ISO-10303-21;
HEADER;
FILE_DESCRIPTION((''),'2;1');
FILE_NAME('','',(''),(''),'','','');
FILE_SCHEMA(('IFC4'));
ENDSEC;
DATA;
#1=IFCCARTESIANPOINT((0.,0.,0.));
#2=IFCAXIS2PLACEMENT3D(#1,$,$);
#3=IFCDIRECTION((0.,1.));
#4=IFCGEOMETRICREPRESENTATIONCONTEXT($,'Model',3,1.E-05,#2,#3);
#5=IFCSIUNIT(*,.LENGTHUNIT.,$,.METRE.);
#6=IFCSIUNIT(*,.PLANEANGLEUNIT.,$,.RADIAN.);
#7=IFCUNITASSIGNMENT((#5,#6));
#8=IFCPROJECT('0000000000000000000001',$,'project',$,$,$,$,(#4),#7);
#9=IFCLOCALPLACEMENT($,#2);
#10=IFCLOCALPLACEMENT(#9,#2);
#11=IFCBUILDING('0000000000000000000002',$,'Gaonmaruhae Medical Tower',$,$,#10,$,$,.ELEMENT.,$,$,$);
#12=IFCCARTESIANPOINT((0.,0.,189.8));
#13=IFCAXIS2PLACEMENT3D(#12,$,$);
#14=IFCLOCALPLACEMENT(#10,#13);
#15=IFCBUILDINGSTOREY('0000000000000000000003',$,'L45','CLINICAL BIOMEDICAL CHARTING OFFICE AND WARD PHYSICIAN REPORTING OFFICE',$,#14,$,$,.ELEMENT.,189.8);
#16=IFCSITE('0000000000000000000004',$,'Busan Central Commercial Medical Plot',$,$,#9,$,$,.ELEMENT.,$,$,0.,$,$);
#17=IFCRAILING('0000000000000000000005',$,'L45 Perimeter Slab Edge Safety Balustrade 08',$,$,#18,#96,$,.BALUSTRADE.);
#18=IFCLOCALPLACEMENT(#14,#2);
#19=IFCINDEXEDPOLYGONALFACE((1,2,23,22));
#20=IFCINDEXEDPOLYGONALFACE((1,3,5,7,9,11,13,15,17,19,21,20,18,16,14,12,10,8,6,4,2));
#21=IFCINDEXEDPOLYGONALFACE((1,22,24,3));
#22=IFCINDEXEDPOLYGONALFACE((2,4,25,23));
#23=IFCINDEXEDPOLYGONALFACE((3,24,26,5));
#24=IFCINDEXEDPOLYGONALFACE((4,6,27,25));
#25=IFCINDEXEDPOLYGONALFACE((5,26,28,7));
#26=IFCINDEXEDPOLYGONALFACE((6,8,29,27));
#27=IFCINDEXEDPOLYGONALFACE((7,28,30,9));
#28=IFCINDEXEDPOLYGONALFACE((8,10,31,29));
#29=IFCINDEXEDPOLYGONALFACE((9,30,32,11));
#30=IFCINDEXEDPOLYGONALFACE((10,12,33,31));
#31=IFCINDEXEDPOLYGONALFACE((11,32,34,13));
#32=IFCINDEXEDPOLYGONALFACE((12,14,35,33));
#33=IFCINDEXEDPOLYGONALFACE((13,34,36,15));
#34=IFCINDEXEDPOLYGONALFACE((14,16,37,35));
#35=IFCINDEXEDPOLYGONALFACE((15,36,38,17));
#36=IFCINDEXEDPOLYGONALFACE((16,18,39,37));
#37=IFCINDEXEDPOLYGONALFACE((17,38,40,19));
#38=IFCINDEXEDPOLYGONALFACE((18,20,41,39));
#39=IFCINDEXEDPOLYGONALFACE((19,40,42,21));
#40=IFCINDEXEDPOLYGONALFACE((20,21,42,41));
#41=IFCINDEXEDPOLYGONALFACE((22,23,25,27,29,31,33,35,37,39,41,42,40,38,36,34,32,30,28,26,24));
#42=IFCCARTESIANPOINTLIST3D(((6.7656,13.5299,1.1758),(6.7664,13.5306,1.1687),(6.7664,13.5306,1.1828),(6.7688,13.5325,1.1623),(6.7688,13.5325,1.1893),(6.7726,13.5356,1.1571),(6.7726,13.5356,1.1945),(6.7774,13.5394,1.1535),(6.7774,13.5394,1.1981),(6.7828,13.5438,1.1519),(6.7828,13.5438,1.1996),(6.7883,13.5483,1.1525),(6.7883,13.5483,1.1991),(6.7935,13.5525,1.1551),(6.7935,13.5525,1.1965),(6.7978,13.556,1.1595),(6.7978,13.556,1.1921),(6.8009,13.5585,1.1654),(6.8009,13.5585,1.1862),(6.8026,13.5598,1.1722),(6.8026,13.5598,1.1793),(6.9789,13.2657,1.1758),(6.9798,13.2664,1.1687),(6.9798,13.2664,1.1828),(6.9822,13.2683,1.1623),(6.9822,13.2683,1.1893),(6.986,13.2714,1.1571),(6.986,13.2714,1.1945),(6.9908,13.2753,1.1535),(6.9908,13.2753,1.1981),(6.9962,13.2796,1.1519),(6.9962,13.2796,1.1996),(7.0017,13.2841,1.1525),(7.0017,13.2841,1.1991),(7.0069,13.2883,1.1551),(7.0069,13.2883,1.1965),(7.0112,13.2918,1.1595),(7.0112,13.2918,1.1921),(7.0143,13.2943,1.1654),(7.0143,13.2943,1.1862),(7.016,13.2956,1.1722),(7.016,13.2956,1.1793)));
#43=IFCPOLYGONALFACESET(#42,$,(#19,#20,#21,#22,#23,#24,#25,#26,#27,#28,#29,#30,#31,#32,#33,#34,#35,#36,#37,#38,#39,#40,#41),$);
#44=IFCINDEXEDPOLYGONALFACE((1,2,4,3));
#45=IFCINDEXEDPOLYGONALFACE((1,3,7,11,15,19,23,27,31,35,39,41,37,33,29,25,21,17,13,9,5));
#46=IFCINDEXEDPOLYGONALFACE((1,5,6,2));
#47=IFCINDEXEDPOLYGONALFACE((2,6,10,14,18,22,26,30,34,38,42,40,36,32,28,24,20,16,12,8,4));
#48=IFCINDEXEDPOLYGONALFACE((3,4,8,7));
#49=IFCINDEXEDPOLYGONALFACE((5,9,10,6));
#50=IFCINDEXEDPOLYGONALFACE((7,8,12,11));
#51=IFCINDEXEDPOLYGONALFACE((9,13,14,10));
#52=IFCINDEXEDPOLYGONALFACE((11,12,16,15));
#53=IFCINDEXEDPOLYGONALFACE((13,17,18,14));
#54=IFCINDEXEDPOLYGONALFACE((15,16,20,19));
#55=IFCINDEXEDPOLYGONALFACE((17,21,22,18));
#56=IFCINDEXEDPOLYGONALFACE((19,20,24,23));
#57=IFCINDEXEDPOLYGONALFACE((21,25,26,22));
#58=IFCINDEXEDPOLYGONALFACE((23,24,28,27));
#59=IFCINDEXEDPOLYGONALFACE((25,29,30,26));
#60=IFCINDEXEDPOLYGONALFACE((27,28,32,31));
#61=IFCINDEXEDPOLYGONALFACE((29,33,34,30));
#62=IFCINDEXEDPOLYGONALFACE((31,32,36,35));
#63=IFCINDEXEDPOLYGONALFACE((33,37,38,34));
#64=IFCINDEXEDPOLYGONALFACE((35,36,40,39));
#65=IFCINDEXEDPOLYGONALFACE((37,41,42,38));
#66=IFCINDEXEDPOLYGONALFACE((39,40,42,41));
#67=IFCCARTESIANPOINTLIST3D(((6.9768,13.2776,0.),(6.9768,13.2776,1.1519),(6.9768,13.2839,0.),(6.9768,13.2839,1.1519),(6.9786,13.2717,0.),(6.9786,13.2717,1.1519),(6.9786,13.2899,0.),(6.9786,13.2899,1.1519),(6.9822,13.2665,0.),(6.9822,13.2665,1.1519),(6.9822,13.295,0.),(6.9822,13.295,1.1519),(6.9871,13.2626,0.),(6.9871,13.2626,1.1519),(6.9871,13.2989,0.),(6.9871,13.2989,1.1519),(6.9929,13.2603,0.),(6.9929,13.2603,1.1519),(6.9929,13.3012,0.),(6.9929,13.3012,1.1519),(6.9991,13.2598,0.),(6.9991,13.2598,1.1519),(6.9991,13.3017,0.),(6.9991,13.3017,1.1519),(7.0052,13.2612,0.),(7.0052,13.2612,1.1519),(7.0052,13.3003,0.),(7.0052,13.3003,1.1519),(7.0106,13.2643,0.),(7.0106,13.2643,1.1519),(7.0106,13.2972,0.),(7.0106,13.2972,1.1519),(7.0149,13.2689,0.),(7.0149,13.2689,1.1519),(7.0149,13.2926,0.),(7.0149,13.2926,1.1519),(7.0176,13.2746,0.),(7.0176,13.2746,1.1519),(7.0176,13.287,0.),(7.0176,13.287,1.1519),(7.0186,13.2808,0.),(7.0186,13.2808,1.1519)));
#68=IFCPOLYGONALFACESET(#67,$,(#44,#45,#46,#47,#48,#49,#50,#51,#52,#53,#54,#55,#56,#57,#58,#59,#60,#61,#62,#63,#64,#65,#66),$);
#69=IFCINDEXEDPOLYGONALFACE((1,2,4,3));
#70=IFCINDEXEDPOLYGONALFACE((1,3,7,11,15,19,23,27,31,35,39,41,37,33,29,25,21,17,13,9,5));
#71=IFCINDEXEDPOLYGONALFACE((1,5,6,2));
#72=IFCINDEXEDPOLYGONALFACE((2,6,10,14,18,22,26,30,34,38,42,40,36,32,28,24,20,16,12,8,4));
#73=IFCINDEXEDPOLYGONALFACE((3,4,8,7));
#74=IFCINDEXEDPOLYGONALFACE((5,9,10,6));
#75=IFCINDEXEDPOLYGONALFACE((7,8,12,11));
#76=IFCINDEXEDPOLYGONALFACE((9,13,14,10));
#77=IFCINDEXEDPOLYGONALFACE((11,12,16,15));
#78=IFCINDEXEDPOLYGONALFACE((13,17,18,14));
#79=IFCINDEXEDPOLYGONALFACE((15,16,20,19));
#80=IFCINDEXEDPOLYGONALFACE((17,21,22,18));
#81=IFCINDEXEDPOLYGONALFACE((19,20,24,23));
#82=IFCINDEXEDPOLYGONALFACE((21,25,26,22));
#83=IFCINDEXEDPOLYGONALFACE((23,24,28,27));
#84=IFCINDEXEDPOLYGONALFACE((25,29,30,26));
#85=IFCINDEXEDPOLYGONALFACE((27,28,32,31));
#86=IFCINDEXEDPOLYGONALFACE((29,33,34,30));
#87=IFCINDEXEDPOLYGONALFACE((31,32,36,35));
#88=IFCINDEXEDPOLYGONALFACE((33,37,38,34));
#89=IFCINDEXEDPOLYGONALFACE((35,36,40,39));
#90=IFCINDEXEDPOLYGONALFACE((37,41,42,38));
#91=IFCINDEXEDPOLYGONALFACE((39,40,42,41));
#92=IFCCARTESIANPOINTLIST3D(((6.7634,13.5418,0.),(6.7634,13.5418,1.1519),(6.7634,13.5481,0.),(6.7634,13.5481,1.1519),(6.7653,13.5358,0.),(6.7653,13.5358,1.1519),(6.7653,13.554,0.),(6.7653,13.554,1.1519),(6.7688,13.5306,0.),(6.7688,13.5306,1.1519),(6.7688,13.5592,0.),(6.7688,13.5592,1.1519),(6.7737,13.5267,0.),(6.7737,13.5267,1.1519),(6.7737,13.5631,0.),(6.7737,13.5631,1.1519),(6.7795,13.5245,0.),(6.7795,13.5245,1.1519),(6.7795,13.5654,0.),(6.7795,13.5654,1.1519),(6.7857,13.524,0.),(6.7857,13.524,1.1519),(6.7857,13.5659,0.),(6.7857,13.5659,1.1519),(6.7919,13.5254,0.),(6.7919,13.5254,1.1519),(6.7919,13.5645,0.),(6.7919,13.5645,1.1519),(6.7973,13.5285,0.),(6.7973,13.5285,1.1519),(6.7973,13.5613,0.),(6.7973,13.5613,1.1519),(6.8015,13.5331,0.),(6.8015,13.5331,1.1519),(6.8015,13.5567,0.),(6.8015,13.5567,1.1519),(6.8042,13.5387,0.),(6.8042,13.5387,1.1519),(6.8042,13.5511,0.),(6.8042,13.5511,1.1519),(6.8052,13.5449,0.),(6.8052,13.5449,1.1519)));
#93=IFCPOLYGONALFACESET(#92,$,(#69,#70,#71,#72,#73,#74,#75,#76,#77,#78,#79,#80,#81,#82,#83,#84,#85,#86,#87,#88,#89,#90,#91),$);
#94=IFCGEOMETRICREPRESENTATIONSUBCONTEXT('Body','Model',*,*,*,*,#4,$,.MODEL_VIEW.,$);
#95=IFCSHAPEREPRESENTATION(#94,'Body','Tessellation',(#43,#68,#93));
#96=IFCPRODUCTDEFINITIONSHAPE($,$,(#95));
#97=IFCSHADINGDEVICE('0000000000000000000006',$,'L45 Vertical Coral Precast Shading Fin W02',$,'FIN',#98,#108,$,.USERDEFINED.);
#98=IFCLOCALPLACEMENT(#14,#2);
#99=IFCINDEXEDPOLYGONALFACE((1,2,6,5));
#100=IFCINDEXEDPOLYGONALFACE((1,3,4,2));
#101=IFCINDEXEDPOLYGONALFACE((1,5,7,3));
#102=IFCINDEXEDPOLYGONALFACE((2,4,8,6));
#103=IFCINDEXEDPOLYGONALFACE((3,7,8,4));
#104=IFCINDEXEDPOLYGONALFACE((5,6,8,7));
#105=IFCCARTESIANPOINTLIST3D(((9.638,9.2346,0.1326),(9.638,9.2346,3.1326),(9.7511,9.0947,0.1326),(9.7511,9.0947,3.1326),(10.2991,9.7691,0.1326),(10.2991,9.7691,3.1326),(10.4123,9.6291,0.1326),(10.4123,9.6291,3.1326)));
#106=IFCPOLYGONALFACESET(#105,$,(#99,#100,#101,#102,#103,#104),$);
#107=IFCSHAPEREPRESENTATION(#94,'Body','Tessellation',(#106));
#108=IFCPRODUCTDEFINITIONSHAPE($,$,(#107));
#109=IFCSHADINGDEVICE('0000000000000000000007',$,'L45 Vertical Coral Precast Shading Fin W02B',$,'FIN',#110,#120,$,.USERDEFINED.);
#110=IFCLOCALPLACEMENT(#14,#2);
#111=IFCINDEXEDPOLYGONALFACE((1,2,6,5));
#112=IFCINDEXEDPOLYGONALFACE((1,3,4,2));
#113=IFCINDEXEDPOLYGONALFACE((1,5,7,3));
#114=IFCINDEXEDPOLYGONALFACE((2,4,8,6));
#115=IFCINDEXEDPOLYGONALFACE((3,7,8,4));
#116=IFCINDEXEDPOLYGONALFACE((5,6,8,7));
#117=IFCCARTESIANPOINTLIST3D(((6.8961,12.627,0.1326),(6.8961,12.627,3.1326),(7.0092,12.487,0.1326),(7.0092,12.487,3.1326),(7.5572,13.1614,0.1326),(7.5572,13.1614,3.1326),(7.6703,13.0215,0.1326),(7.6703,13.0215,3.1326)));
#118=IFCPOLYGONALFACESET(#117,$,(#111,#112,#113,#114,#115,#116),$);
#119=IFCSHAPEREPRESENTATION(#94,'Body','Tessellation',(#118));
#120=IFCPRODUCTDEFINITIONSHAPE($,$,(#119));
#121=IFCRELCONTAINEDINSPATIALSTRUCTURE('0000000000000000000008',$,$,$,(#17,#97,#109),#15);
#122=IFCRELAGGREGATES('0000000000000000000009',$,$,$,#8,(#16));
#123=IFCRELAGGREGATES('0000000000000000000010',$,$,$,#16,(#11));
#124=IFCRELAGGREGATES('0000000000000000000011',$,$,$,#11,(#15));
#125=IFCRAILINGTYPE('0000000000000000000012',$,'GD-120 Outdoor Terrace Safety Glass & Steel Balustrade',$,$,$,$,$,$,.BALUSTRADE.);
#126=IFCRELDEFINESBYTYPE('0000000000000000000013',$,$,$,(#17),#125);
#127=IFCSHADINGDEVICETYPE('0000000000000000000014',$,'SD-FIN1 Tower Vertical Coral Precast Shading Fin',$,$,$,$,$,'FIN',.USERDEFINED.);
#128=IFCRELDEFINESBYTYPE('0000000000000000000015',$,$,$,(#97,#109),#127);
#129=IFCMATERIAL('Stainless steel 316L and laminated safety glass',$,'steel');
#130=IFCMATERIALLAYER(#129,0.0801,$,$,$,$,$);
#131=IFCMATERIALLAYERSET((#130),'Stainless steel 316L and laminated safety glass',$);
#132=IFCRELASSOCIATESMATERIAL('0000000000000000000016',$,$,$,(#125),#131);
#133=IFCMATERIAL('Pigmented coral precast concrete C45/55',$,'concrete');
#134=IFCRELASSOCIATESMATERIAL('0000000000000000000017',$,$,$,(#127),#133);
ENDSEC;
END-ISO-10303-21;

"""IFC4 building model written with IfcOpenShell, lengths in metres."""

from ifc_helpers import new_model, si_unit, direction, frame, origin, origin_2d, place, context, subcontext, project, spatial, rectangle, circle, extrude, material, layer, layer_set, type_object, element, save


model = new_model("IFC4")

# Units and contexts
model_context = context("Model", 3, precision=1e-05, world=origin(), true_north=direction((0.0, 1.0)))
body_context = subcontext(model_context, "Body", "Model", "MODEL_VIEW")
ifc_project = project(units=[si_unit("LENGTHUNIT", "METRE"), si_unit("PLANEANGLEUNIT", "RADIAN")], contexts=[model_context])

# Site, building, storey
site_placement = place(None, origin())
site = spatial("IfcSite", under=ifc_project, at=site_placement, Name="Busan Central Commercial Medical Plot", CompositionType="ELEMENT", RefElevation=0.0)
building_placement = place(site_placement, origin())
building = spatial("IfcBuilding", under=site, at=building_placement, Name="Gaonmaruhae Medical Tower", CompositionType="ELEMENT")
storey_placement = place(building_placement, frame((0.0, 0.0, 189.8)))
storey = spatial("IfcBuildingStorey", under=building, at=storey_placement, Name="L45", Description="CLINICAL BIOMEDICAL CHARTING OFFICE AND WARD PHYSICIAN REPORTING OFFICE", CompositionType="ELEMENT", Elevation=189.8)

# Railing
ifc_material_1 = material(Name="Stainless steel 316L and laminated safety glass", Category="steel")
ifc_layer_1 = layer(ifc_material_1, 0.0801)
ifc_layer_set_1 = layer_set([ifc_layer_1], Name="Stainless steel 316L and laminated safety glass")
railing_type = type_object("IfcRailingType", Name="GD-120 Outdoor Terrace Safety Glass & Steel Balustrade", PredefinedType="BALUSTRADE", material=ifc_layer_set_1)
railing_placement = place(storey_placement, frame((6.9976, 13.2808, 0.0)))
element("IfcRailing", 1, at=railing_placement, inside=storey, type_object=railing_type, Name="L45 Perimeter Slab Edge Safety Balustrade 08", PredefinedType="BALUSTRADE", context=body_context, shape_type="SweptSolid", body=[
    extrude(circle(Radius=0.0239, at=origin_2d()), frame((0.0, 0.0, 1.1758), z_axis=(-0.628371, 0.777914, 0.0), x_axis=(-0.777914, -0.628371, 0.0)), (0.0, 0.0, 1.0), 0.3396),
    extrude(circle(Radius=0.021, at=origin_2d()), origin(), (0.0, 0.0, 1.0), 1.1519),
    extrude(circle(Radius=0.021, at=origin_2d()), frame((-0.2134, 0.2642, 0.0)), (0.0, 0.0, 1.0), 1.1519),
])

# Shading devices
ifc_material_2 = material(Name="Pigmented coral precast concrete C45/55", Category="concrete")
shading_device_type = type_object("IfcShadingDeviceType", Name="SD-FIN1 Tower Vertical Coral Precast Shading Fin", ElementType="FIN", PredefinedType="USERDEFINED", material=ifc_material_2)
for number, where, z_axis, x_axis, name in (
    (2, (10.0251, 9.4319, 0.1326), (0.0, 0.0, 1.0), (-0.628642, 0.777695, 0.0), "L45 Vertical Coral Precast Shading Fin W02"),
    (3, (7.2832, 12.8242, 0.1326), (0.0, 0.0, 1.0), (-0.628642, 0.777695, 0.0), "L45 Vertical Coral Precast Shading Fin W02B"),
):
    element("IfcShadingDevice", number, at=place(storey_placement, frame(where, z_axis=z_axis, x_axis=x_axis)), inside=storey, type_object=shading_device_type, Name=name, ObjectType="FIN", PredefinedType="USERDEFINED", context=body_context, shape_type="SweptSolid", body=[
        extrude(rectangle(XDim=0.1799, YDim=0.8501, at=origin_2d()), origin(), (0.0, 0.0, 1.0), 3.0),
    ])

save(model, "model.ifc")
